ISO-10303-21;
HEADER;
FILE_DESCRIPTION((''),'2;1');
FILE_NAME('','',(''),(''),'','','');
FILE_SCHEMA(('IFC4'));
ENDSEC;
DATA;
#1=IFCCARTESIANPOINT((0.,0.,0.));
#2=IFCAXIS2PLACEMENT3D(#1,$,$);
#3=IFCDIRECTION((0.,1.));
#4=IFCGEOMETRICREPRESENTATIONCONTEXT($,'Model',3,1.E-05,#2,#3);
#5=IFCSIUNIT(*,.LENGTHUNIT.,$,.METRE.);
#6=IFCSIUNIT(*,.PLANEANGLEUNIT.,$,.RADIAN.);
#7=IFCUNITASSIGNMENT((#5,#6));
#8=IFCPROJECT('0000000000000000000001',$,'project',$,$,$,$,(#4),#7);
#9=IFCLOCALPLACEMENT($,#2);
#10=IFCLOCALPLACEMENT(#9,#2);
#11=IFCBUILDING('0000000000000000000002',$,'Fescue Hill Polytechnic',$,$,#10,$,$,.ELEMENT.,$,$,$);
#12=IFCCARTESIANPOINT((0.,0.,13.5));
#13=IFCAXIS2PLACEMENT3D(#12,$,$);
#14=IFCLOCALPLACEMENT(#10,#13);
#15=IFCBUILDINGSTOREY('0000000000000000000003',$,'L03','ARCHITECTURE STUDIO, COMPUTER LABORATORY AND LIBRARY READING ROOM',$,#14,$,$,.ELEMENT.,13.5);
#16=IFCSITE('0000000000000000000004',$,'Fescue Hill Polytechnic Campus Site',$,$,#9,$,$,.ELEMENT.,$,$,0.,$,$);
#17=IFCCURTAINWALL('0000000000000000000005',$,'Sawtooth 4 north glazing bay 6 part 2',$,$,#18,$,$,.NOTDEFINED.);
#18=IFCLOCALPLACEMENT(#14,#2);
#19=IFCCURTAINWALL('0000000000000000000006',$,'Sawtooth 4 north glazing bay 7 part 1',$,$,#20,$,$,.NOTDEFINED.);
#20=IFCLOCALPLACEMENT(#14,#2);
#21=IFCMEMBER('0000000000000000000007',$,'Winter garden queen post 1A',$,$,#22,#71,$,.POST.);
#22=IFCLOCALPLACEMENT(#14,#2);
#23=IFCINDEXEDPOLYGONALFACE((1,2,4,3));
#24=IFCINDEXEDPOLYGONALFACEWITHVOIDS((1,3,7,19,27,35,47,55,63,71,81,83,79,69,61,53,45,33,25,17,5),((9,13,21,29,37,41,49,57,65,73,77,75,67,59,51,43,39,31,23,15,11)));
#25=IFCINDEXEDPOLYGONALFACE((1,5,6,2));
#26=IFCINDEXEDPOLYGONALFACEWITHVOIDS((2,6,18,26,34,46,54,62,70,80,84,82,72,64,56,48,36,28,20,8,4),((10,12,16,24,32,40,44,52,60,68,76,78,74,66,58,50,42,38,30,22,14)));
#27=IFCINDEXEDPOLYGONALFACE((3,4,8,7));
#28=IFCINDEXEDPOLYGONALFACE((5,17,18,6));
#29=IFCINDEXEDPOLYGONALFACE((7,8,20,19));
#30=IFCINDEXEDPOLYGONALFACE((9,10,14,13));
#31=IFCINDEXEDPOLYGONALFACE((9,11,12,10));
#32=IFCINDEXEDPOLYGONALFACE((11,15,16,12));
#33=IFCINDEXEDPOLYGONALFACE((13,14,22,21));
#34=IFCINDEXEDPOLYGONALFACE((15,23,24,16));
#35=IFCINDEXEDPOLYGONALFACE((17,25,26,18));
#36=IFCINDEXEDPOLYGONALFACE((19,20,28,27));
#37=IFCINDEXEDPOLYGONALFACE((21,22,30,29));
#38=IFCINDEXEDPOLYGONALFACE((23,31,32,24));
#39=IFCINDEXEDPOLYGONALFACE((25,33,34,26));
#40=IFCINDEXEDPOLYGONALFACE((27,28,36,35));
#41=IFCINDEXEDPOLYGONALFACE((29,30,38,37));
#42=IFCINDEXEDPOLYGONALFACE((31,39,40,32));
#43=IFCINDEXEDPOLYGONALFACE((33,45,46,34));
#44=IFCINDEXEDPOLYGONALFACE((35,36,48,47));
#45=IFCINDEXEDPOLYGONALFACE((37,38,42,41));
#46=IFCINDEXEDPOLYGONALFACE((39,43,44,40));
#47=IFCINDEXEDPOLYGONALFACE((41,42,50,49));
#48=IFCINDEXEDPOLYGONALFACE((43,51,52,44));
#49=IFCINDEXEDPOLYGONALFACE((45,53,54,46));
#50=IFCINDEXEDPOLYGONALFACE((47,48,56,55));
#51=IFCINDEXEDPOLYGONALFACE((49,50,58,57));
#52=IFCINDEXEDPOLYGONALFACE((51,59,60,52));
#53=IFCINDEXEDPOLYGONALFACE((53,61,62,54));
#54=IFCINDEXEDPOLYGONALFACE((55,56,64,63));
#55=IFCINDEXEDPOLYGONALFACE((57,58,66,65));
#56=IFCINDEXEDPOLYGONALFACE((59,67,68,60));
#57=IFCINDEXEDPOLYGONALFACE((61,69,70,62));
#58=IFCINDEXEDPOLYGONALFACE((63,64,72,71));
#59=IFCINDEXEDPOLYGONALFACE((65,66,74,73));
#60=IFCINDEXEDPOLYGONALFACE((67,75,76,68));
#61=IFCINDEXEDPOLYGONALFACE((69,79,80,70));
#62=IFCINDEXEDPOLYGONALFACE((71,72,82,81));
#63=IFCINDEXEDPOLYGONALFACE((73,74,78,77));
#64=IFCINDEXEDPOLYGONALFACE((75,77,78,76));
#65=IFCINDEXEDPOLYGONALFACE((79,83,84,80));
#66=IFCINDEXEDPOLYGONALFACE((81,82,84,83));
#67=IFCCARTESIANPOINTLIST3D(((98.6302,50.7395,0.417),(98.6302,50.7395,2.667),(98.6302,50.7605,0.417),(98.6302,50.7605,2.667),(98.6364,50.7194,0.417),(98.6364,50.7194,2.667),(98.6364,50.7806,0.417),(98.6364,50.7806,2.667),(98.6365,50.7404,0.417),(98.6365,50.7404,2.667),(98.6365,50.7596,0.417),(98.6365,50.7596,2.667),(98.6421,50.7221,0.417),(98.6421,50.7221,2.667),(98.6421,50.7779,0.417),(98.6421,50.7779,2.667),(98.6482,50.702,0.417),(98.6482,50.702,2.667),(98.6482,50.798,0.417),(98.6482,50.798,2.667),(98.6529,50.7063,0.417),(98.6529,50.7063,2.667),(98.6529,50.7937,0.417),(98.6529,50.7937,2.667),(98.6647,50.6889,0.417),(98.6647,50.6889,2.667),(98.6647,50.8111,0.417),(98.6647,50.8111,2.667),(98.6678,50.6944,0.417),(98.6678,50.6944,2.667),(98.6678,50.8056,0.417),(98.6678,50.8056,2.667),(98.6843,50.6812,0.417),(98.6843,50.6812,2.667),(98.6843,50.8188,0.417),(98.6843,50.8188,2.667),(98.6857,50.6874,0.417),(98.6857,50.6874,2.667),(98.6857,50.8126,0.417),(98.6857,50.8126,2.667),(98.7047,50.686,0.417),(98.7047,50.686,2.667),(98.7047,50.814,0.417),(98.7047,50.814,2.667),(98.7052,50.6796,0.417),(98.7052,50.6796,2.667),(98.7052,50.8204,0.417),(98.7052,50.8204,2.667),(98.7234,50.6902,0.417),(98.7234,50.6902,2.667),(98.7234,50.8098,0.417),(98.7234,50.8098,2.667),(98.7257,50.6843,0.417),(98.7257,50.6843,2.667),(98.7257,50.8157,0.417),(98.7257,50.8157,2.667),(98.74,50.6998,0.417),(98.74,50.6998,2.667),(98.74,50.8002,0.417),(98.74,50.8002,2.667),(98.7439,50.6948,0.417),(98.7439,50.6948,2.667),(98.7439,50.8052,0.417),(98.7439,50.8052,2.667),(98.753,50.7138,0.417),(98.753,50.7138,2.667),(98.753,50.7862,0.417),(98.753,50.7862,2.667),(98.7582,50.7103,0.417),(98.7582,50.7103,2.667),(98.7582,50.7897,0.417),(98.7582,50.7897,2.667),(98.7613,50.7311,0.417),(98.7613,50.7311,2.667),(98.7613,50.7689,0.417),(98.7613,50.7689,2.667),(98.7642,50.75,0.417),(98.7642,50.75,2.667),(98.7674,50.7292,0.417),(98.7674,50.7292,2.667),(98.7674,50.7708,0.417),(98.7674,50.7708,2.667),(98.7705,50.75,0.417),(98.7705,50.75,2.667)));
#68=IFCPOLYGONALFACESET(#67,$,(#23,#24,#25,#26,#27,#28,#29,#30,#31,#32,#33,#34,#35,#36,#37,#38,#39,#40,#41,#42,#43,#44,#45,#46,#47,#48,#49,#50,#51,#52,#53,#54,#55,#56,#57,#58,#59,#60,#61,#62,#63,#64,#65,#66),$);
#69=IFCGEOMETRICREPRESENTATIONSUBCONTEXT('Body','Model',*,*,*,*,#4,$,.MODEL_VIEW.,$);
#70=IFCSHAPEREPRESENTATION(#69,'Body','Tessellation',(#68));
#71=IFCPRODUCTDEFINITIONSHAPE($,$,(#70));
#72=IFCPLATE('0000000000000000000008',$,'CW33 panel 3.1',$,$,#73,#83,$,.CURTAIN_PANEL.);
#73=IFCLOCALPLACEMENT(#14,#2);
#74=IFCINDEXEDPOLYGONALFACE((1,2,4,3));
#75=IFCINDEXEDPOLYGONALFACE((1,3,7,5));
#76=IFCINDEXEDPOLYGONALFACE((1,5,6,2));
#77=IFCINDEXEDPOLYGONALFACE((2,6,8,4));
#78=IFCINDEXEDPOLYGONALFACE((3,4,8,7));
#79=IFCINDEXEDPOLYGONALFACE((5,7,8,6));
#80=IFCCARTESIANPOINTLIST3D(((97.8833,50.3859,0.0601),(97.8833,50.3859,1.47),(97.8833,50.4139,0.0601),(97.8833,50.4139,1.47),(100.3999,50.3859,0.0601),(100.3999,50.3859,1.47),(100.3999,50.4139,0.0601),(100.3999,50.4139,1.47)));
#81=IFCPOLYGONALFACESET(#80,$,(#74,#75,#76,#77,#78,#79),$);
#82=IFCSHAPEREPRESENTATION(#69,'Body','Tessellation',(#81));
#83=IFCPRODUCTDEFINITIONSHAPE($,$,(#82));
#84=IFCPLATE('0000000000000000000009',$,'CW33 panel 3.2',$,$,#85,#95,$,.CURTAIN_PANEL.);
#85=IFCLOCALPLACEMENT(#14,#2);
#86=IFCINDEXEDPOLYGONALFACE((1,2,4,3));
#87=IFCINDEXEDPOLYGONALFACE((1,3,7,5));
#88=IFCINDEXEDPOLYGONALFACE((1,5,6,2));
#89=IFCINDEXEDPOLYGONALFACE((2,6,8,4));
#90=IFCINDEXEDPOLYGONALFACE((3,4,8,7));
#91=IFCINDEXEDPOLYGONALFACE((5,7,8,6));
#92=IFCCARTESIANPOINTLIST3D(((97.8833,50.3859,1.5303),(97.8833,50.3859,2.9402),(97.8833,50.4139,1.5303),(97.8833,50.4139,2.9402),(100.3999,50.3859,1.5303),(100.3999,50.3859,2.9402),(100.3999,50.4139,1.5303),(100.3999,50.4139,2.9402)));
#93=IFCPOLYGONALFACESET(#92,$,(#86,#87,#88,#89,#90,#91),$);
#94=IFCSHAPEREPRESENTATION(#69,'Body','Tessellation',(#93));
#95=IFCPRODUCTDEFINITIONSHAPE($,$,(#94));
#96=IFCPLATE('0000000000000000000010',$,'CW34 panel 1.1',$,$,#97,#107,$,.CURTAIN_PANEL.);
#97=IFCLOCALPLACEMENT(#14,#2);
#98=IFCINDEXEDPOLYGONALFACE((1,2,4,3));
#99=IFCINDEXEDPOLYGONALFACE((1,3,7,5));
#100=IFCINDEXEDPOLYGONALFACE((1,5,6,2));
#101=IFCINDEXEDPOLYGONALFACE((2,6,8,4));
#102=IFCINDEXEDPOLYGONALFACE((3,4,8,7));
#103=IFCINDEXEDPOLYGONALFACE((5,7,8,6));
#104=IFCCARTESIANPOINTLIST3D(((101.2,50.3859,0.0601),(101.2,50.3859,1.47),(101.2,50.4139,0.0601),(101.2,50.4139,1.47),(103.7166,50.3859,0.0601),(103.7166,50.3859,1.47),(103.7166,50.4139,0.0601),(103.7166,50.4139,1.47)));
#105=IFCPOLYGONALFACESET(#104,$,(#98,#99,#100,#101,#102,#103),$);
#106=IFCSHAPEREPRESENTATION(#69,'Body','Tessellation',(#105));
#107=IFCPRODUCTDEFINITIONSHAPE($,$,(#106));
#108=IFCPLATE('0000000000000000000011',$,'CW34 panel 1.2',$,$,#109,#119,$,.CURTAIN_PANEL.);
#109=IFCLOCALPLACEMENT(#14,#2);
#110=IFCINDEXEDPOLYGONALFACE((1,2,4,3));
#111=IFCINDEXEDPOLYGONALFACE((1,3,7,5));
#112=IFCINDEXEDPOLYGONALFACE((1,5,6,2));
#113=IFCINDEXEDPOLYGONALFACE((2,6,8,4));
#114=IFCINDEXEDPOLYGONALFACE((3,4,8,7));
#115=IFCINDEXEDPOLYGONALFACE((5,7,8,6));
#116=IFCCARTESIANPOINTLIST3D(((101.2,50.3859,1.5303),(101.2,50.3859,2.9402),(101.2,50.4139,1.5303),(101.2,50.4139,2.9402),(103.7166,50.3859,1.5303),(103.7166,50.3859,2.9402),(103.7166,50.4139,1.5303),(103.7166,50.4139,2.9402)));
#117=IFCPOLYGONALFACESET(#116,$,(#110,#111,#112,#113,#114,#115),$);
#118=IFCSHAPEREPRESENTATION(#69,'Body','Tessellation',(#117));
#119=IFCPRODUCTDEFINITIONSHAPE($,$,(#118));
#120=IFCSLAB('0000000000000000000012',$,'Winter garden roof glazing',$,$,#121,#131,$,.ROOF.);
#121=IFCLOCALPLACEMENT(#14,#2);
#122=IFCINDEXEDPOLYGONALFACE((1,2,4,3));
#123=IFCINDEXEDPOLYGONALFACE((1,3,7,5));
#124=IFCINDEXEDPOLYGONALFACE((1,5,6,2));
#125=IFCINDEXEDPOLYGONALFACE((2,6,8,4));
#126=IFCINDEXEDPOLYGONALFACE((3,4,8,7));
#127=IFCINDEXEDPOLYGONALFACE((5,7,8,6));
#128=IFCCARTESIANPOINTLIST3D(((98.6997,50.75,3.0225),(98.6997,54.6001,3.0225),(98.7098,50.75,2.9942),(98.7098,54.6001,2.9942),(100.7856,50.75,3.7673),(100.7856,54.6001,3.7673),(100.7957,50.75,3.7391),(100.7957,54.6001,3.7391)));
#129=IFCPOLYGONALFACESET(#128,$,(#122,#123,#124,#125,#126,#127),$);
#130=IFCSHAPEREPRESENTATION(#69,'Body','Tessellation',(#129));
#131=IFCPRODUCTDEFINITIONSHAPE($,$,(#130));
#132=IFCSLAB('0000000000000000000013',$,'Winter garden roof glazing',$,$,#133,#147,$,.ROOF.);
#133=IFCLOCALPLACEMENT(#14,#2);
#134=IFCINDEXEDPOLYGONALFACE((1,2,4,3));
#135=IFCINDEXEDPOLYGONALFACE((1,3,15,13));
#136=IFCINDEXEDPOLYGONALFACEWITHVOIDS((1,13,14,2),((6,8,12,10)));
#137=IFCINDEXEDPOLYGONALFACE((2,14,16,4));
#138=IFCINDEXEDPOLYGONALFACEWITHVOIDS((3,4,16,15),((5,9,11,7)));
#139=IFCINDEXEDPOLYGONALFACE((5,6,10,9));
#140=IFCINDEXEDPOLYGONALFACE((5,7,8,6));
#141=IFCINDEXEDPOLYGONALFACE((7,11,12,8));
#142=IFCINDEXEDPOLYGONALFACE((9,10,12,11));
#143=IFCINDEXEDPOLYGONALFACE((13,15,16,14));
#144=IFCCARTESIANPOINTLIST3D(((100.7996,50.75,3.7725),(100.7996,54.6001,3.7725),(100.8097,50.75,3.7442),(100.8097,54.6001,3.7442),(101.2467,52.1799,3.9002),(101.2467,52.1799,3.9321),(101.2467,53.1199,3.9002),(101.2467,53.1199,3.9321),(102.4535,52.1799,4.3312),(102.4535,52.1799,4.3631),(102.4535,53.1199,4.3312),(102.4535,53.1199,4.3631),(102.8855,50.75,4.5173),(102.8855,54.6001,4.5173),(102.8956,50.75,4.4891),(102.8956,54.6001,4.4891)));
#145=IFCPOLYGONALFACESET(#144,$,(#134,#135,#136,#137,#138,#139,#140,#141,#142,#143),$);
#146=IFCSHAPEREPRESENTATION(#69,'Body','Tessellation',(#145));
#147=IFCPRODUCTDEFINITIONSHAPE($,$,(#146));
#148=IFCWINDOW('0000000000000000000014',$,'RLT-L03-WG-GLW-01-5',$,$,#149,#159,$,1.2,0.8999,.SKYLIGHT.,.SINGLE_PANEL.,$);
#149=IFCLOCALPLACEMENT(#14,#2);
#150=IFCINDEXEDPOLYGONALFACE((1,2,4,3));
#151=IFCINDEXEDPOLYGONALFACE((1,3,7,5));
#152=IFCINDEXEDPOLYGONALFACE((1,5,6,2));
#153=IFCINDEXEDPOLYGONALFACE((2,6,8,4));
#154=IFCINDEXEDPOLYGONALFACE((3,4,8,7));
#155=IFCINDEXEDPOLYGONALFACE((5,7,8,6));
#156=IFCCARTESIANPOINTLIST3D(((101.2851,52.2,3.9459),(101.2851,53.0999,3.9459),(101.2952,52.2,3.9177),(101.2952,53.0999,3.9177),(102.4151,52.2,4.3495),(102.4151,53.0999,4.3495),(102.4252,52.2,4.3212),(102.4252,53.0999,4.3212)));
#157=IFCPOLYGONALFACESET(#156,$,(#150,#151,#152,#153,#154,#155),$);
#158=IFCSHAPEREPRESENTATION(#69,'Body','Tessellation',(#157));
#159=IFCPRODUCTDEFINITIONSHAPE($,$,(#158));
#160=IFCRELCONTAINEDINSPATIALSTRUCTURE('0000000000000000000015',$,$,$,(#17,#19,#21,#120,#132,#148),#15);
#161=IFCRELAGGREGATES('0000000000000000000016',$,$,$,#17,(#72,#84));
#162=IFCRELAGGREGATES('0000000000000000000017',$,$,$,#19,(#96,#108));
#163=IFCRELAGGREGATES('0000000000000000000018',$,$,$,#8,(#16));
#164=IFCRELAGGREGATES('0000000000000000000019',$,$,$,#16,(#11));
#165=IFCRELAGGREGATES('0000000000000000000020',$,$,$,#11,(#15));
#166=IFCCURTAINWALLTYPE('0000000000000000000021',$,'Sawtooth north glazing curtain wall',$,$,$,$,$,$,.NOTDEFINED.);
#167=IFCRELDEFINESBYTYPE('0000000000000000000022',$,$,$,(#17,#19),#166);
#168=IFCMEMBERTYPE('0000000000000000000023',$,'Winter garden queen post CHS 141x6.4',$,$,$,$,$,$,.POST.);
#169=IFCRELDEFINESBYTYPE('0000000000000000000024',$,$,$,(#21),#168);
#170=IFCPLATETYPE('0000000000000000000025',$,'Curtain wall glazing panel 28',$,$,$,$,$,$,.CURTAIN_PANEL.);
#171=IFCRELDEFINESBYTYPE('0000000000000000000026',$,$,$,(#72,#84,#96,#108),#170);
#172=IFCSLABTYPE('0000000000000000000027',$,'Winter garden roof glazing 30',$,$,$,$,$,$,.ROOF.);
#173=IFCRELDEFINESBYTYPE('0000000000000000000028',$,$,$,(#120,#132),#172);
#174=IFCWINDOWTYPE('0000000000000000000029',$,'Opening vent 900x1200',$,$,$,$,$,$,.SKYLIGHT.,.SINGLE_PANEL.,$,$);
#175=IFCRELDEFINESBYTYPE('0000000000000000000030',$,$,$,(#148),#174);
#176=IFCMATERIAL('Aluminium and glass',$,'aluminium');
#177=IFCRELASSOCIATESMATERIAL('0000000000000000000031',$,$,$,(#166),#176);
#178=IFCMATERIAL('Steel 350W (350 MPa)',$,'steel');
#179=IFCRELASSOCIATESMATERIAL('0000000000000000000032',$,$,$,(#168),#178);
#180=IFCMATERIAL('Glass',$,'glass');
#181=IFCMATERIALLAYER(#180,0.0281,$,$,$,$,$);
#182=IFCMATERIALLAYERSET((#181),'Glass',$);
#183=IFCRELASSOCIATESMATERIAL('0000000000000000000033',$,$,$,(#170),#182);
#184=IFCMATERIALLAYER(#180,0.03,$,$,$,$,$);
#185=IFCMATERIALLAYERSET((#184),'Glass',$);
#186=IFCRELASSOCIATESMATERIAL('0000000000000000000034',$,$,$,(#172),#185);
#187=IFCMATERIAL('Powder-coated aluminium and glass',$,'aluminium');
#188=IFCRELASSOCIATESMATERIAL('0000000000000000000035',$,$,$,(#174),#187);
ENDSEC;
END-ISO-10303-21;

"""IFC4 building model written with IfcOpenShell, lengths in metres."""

from ifc_helpers import new_model, si_unit, direction, frame, origin, origin_2d, place, context, subcontext, project, spatial, polyline, rectangle, hollow_circle, outline, extrude, material, layer, layer_set, material_profile, profile_set, type_object, element, fill, aggregate, save


model = new_model("IFC4")

# Units and contexts
model_context = context("Model", 3, precision=1e-05, world=origin(), true_north=direction((0.0, 1.0)))
body_context = subcontext(model_context, "Body", "Model", "MODEL_VIEW")
ifc_project = project(units=[si_unit("LENGTHUNIT", "METRE"), si_unit("PLANEANGLEUNIT", "RADIAN")], contexts=[model_context])

# Site, building, storey
site_placement = place(None, origin())
site = spatial("IfcSite", under=ifc_project, at=site_placement, Name="Fescue Hill Polytechnic Campus Site", CompositionType="ELEMENT", RefElevation=0.0)
building_placement = place(site_placement, origin())
building = spatial("IfcBuilding", under=site, at=building_placement, Name="Fescue Hill Polytechnic", CompositionType="ELEMENT")
storey_placement = place(building_placement, frame((0.0, 0.0, 13.5)))
storey = spatial("IfcBuildingStorey", under=building, at=storey_placement, Name="L03", Description="ARCHITECTURE STUDIO, COMPUTER LABORATORY AND LIBRARY READING ROOM", CompositionType="ELEMENT", Elevation=13.5)

# Curtain wall
ifc_material_1 = material(Name="Aluminium and glass", Category="aluminium")
curtain_wall_type = type_object("IfcCurtainWallType", Name="Sawtooth north glazing curtain wall", PredefinedType="NOTDEFINED", material=ifc_material_1)
curtain_wall_1_placement = place(storey_placement, origin())
curtain_wall_1 = element("IfcCurtainWall", 1, at=curtain_wall_1_placement, inside=storey, type_object=curtain_wall_type, Name="Sawtooth 4 north glazing bay 6 part 2", PredefinedType="NOTDEFINED")

# Curtain wall
curtain_wall_2_placement = place(storey_placement, origin())
curtain_wall_2 = element("IfcCurtainWall", 2, at=curtain_wall_2_placement, inside=storey, type_object=curtain_wall_type, Name="Sawtooth 4 north glazing bay 7 part 1", PredefinedType="NOTDEFINED")

# Member
ifc_material_2 = material(Name="Steel 350W (350 MPa)", Category="steel")
ifc_material_profile_1 = material_profile(ifc_material_2, hollow_circle(Radius=0.0706, WallThickness=0.0063, at=origin_2d()), Name="Winter garden queen post CHS 141x6.4")
ifc_profile_set_1 = profile_set([ifc_material_profile_1], Name="Steel 350W (350 MPa)")
member_type_1 = type_object("IfcMemberType", Name="Winter garden queen post CHS 141x6.4", PredefinedType="POST", material=ifc_profile_set_1)
member_1_placement = place(storey_placement, frame((98.7, 50.75, 0.417), z_axis=(0.0, 0.0, 1.0), x_axis=(1.0, 0.0, 0.0)))
element("IfcMember", 3, at=member_1_placement, inside=storey, type_object=member_type_1, Name="Winter garden queen post 1A", PredefinedType="POST", context=body_context, shape_type="SweptSolid", body=[
    extrude(hollow_circle(Radius=0.0706, WallThickness=0.0063, at=origin_2d()), origin(), (0.0, 0.0, 1.0), 2.25),
])

# Plates
ifc_material_3 = material(Name="Glass", Category="glass")
ifc_layer_1 = layer(ifc_material_3, 0.0281)
ifc_layer_set_1 = layer_set([ifc_layer_1], Name="Glass")
plate_type = type_object("IfcPlateType", Name="Curtain wall glazing panel 28", PredefinedType="CURTAIN_PANEL", material=ifc_layer_set_1)
plate_1_placement = place(storey_placement, frame((99.1416, 50.3999, 0.0601), z_axis=(0.0, 0.0, 1.0), x_axis=(1.0, 0.0, 0.0)))
plate_1 = element("IfcPlate", 4, at=plate_1_placement, type_object=plate_type, Name="CW33 panel 3.1", PredefinedType="CURTAIN_PANEL", context=body_context, shape_type="SweptSolid", body=[
    extrude(rectangle(XDim=2.5166, YDim=0.0281, at=origin_2d()), origin(), (0.0, 0.0, 1.0), 1.4099),
])
plate_2_placement = place(storey_placement, frame((99.1416, 50.3999, 1.5303), z_axis=(0.0, 0.0, 1.0), x_axis=(1.0, 0.0, 0.0)))
plate_2 = element("IfcPlate", 5, at=plate_2_placement, type_object=plate_type, Name="CW33 panel 3.2", PredefinedType="CURTAIN_PANEL", context=body_context, shape_type="SweptSolid", body=[
    extrude(rectangle(XDim=2.5166, YDim=0.0281, at=origin_2d()), origin(), (0.0, 0.0, 1.0), 1.4099),
])
aggregate(curtain_wall_1, [plate_1, plate_2])
plate_3_placement = place(storey_placement, frame((102.4583, 50.3999, 0.0601), z_axis=(0.0, 0.0, 1.0), x_axis=(1.0, 0.0, 0.0)))
plate_3 = element("IfcPlate", 6, at=plate_3_placement, type_object=plate_type, Name="CW34 panel 1.1", PredefinedType="CURTAIN_PANEL", context=body_context, shape_type="SweptSolid", body=[
    extrude(rectangle(XDim=2.5166, YDim=0.0281, at=origin_2d()), origin(), (0.0, 0.0, 1.0), 1.4099),
])
plate_4_placement = place(storey_placement, frame((102.4583, 50.3999, 1.5303), z_axis=(0.0, 0.0, 1.0), x_axis=(1.0, 0.0, 0.0)))
plate_4 = element("IfcPlate", 7, at=plate_4_placement, type_object=plate_type, Name="CW34 panel 1.2", PredefinedType="CURTAIN_PANEL", context=body_context, shape_type="SweptSolid", body=[
    extrude(rectangle(XDim=2.5166, YDim=0.0281, at=origin_2d()), origin(), (0.0, 0.0, 1.0), 1.4099),
])
aggregate(curtain_wall_2, [plate_3, plate_4])

# Slab
ifc_layer_2 = layer(ifc_material_3, 0.03)
ifc_layer_set_2 = layer_set([ifc_layer_2], Name="Glass")
slab_type = type_object("IfcSlabType", Name="Winter garden roof glazing 30", PredefinedType="ROOF", material=ifc_layer_set_2)
slab_1_placement = place(storey_placement, frame((98.6997, 50.75, 3.0225), z_axis=(-0.336295, 0.0, 0.941757), x_axis=(0.0, 1.0, 0.0)))
element("IfcSlab", 8, at=slab_1_placement, inside=storey, type_object=slab_type, Name="Winter garden roof glazing", PredefinedType="ROOF", context=body_context, shape_type="SweptSolid", body=[
    extrude(outline(polyline([(0.0, 0.0), (3.8501, 0.0), (3.8501, -2.2149), (0.0, -2.2149), (0.0, 0.0)])), origin(), (0.0, 0.0, -1.0), 0.03),
])

# Slab, opening, window
slab_2_placement = place(storey_placement, frame((100.7996, 50.75, 3.7725), z_axis=(-0.336295, 0.0, 0.941757), x_axis=(0.0, 1.0, 0.0)))
slab_2 = element("IfcSlab", 9, at=slab_2_placement, inside=storey, type_object=slab_type, Name="Winter garden roof glazing", PredefinedType="ROOF", context=body_context, shape_type="SweptSolid", body=[
    extrude(outline(polyline([(0.0, 0.0), (3.8501, 0.0), (3.8501, -2.2149), (0.0, -2.2149), (0.0, 0.0)])), origin(), (0.0, 0.0, -1.0), 0.03),
])
opening_placement = place(storey_placement, frame((101.8501, 52.6499, 3.8015)))
opening = element("IfcOpeningElement", 10, at=opening_placement, cuts=slab_2, PredefinedType="OPENING", context=body_context, shape_type="SweptSolid", body=[
    extrude(rectangle(XDim=1.2068, YDim=0.9399, at=origin_2d()), origin(), (0.0, 0.0, 1.0), 0.6604),
])
ifc_material_4 = material(Name="Powder-coated aluminium and glass", Category="aluminium")
window_type = type_object("IfcWindowType", Name="Opening vent 900x1200", PartitioningType="SINGLE_PANEL", PredefinedType="SKYLIGHT", material=ifc_material_4)
window_placement = place(storey_placement, frame((101.8501, 52.6499, 4.1477), z_axis=(-0.336295, 0.0, 0.941757), x_axis=(0.0, 1.0, 0.0)))
window = element("IfcWindow", 11, at=window_placement, inside=storey, type_object=window_type, Name="RLT-L03-WG-GLW-01-5", OverallHeight=1.2, OverallWidth=0.8999, PartitioningType="SINGLE_PANEL", PredefinedType="SKYLIGHT", context=body_context, shape_type="SweptSolid", body=[
    extrude(rectangle(XDim=0.8999, YDim=1.2, at=origin_2d()), origin(), (0.0, 0.0, -1.0), 0.03),
])
fill(opening, window)

save(model, "model.ifc")
